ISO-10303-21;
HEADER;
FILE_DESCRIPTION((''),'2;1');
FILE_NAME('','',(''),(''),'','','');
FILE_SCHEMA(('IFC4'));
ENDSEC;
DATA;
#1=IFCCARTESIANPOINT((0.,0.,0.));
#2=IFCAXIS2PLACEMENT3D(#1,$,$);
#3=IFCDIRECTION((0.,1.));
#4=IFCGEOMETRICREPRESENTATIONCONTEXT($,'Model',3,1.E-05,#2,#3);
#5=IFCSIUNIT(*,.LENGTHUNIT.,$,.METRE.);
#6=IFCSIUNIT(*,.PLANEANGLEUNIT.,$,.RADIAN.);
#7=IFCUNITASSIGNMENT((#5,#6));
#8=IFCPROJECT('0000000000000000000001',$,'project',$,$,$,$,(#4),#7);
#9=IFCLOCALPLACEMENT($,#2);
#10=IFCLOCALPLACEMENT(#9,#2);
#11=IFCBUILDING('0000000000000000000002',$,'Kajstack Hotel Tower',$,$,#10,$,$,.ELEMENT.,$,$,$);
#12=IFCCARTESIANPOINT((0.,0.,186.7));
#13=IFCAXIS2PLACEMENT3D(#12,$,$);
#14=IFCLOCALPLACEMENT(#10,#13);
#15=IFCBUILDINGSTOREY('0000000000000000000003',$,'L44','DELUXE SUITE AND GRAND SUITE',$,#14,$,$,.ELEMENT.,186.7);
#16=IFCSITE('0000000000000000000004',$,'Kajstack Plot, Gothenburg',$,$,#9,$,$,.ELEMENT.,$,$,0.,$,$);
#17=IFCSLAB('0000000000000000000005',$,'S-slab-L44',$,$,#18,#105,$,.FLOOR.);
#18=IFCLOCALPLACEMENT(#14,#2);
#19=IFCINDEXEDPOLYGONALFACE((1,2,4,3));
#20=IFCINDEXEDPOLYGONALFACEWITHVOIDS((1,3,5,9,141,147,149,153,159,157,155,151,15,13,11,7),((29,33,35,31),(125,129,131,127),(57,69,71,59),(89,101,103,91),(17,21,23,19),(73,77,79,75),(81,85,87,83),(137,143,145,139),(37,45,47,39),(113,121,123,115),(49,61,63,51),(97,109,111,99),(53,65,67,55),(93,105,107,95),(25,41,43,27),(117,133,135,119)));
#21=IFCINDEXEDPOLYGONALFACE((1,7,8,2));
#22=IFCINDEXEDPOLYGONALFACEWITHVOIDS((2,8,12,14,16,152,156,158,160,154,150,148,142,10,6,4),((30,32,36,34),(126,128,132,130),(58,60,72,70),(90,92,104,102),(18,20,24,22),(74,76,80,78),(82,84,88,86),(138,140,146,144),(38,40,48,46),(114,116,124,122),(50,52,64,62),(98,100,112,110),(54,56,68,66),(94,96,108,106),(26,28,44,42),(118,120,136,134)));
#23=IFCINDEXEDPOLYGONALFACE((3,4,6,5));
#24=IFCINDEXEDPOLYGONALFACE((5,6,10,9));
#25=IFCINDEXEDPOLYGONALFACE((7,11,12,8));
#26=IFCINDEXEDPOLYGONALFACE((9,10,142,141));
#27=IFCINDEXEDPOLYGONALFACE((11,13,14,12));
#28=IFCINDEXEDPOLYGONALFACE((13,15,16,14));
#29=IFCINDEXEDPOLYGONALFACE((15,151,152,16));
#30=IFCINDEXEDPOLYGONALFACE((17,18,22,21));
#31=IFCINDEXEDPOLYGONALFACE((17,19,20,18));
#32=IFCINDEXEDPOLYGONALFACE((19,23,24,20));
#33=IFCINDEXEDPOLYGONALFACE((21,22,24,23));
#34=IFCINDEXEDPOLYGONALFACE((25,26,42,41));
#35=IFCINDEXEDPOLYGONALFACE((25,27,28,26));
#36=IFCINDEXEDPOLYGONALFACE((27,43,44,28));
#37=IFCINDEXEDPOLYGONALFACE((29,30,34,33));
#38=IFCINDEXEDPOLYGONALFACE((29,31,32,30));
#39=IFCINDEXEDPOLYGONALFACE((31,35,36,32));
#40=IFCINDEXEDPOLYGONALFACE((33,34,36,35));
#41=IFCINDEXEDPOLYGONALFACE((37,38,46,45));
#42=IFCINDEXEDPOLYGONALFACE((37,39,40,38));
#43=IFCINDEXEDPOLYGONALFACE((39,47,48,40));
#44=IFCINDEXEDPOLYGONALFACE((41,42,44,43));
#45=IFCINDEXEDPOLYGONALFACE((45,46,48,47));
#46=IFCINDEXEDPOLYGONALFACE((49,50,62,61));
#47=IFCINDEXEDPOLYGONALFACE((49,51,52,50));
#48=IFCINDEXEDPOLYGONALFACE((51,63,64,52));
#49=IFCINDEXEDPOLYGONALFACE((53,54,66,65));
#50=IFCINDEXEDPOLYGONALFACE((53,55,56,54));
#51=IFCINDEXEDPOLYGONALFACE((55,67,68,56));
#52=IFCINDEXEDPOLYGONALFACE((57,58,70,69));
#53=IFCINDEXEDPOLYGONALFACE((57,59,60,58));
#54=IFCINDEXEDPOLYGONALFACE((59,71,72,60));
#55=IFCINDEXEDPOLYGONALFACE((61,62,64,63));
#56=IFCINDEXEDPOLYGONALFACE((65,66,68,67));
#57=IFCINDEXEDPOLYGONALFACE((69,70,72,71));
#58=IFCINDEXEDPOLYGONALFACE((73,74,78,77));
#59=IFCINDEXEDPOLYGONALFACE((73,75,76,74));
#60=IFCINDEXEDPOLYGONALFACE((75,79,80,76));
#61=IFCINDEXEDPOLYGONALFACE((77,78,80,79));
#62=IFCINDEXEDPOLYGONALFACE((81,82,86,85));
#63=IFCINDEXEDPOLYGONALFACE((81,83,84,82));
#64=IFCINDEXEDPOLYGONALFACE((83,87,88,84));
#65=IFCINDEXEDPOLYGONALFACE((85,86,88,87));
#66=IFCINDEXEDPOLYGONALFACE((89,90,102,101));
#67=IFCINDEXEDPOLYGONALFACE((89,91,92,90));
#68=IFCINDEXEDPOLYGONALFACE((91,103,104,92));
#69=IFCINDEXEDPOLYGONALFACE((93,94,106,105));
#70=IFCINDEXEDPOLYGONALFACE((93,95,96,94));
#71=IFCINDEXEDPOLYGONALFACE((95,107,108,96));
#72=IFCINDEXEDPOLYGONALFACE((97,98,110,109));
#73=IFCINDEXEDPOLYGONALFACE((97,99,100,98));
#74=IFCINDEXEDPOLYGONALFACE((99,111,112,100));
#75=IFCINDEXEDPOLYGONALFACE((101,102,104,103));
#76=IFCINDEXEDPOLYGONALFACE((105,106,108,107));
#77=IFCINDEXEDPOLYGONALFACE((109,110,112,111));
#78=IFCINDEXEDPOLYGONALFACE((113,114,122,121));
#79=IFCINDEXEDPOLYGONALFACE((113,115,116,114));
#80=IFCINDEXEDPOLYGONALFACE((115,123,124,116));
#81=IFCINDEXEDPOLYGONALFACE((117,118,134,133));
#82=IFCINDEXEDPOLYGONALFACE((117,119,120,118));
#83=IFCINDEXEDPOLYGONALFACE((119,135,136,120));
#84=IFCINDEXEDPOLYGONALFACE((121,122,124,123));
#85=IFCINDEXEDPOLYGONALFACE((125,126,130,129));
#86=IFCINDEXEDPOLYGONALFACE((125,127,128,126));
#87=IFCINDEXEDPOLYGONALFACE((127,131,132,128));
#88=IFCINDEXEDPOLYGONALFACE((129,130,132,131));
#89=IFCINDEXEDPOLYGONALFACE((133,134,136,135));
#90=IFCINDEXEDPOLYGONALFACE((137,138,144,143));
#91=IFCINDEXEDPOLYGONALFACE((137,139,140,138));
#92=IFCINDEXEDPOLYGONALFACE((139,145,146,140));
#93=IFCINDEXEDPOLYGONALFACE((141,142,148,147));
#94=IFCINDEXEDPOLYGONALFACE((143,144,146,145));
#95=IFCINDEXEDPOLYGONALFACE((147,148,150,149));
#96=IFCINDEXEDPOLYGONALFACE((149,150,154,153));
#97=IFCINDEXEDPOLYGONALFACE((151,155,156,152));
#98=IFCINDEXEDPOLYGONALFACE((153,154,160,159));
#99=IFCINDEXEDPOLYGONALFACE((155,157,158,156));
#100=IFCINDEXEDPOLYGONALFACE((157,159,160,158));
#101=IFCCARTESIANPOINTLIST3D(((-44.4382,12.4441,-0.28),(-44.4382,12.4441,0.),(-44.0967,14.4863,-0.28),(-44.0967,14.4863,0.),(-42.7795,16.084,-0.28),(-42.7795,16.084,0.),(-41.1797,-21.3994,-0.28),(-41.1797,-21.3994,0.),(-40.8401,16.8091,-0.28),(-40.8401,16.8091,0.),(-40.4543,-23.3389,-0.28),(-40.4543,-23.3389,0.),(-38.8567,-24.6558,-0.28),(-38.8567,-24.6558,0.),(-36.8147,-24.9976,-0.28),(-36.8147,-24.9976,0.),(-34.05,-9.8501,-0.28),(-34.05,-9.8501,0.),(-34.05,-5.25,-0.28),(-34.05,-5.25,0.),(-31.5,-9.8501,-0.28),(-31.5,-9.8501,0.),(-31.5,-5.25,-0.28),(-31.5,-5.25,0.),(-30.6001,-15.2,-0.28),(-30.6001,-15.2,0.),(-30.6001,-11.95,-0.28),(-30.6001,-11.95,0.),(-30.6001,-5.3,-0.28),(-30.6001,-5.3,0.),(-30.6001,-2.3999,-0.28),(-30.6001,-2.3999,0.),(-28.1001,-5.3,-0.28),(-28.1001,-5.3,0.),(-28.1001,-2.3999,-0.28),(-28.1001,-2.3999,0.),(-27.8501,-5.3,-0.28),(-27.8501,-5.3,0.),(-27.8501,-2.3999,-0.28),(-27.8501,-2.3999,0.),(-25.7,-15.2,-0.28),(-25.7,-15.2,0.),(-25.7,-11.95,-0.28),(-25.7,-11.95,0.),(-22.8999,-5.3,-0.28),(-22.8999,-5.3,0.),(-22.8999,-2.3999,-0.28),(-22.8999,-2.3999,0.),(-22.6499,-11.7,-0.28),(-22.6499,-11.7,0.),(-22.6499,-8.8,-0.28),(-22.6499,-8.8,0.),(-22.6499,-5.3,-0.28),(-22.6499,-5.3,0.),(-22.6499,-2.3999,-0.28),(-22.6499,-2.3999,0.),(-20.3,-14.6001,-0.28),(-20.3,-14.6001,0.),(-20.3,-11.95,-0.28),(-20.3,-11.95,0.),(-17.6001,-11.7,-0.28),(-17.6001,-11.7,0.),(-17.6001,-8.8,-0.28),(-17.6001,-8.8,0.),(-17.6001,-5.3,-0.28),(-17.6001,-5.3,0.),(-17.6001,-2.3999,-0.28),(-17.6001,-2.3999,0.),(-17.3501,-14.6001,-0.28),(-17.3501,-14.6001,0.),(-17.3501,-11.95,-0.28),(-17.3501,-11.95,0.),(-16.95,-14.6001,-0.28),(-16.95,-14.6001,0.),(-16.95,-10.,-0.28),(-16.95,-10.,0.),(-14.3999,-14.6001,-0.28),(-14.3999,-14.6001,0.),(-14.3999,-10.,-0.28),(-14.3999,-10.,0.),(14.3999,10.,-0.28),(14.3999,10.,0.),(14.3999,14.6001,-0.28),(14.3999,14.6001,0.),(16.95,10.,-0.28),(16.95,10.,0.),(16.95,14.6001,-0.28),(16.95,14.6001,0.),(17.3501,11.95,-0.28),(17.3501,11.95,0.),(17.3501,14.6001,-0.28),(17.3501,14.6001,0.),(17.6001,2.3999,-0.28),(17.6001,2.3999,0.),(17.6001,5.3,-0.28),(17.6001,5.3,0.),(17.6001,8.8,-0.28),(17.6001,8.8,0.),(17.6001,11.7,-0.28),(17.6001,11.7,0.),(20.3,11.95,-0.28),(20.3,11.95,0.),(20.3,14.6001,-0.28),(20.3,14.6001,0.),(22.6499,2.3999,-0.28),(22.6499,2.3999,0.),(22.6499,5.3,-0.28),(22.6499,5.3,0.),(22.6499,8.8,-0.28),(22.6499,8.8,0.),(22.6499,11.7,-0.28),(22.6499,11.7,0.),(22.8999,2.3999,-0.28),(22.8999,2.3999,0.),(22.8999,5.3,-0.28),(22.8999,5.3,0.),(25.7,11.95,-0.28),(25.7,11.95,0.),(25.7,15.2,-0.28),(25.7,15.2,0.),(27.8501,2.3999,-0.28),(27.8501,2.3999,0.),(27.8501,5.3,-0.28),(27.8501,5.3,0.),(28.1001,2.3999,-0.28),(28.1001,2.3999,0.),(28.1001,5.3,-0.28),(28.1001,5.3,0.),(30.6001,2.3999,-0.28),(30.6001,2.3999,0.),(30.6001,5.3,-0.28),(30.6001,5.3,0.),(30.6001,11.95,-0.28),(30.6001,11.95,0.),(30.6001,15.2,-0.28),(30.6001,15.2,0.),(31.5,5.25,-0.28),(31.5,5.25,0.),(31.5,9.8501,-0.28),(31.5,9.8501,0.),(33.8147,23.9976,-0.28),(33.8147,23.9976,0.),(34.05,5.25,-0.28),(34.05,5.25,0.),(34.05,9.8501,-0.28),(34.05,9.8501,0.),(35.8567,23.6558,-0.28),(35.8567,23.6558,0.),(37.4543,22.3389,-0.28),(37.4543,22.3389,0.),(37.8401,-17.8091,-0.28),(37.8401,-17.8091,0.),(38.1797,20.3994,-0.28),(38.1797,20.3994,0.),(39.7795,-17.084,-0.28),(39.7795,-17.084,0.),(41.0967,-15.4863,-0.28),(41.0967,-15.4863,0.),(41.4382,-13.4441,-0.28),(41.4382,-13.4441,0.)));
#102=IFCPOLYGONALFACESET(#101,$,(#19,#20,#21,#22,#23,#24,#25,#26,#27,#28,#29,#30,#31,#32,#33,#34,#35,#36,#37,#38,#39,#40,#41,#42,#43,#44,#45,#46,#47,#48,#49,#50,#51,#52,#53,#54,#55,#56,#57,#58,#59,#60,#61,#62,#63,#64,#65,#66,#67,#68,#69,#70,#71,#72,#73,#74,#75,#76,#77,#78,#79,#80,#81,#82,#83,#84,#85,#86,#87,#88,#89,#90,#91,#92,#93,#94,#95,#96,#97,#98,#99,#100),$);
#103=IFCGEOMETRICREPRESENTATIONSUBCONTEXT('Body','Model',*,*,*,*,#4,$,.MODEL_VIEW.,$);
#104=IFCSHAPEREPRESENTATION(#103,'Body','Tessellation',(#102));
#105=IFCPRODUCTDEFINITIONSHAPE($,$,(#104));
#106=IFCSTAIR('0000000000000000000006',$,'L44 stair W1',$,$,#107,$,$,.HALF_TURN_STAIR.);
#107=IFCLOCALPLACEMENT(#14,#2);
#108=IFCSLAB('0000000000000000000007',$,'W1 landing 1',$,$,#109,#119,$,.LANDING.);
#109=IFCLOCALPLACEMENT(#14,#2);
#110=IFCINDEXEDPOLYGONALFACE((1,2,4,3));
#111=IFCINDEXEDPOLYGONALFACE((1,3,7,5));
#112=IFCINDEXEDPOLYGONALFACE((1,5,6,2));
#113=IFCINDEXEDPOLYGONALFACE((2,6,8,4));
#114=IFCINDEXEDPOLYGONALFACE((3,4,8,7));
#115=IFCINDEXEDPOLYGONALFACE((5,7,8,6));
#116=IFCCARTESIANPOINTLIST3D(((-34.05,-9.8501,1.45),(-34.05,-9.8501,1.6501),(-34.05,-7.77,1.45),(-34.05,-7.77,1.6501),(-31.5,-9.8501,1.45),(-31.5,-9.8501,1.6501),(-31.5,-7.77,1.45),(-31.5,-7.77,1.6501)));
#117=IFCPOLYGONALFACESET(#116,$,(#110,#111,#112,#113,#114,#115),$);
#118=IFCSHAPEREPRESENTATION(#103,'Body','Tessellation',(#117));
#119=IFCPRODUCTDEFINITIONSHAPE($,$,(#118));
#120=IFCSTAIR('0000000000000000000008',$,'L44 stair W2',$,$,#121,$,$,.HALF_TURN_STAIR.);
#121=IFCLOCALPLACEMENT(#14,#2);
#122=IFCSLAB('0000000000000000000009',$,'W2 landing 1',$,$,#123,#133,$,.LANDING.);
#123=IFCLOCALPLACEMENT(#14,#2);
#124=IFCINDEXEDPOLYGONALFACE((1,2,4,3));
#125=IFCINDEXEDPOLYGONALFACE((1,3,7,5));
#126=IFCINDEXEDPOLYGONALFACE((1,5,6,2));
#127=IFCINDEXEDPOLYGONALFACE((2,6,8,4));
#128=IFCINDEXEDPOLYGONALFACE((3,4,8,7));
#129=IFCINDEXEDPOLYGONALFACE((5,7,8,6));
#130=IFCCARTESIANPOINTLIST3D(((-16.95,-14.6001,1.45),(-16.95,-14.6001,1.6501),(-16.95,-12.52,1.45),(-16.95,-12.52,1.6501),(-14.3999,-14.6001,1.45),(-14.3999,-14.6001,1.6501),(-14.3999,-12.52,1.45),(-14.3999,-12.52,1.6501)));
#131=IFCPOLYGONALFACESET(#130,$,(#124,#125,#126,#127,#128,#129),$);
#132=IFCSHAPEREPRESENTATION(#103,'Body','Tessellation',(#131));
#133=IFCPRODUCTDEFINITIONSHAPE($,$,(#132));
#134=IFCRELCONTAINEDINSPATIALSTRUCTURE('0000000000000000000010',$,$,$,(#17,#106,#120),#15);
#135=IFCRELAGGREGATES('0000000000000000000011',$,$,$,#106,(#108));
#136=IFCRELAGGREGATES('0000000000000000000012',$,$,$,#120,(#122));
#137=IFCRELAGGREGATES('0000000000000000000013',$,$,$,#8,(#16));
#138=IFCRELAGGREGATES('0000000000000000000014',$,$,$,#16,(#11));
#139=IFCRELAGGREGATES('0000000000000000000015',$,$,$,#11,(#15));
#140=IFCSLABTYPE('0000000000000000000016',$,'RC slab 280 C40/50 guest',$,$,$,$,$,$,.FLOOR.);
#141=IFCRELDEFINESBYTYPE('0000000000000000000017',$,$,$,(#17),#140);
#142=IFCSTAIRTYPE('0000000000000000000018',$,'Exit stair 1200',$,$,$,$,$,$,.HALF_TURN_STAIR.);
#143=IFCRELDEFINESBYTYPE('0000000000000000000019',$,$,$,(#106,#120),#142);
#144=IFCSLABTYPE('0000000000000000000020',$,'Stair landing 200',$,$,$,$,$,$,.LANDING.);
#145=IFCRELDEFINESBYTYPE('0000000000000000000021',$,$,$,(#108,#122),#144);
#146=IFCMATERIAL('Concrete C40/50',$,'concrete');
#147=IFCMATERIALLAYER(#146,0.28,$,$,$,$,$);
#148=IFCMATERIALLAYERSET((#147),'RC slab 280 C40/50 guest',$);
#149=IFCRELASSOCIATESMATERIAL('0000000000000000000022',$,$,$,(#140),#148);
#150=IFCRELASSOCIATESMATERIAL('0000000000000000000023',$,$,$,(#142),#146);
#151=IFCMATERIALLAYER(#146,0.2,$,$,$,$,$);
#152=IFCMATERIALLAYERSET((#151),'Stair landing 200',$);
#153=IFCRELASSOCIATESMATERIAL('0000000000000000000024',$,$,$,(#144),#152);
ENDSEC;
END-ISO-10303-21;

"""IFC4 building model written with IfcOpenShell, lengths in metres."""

from ifc_helpers import new_model, si_unit, direction, frame, origin, place, context, subcontext, project, spatial, polyline, outline, extrude, material, layer, layer_set, type_object, element, aggregate, save


model = new_model("IFC4")

# Units and contexts
model_context = context("Model", 3, precision=1e-05, world=origin(), true_north=direction((0.0, 1.0)))
body_context = subcontext(model_context, "Body", "Model", "MODEL_VIEW")
ifc_project = project(units=[si_unit("LENGTHUNIT", "METRE"), si_unit("PLANEANGLEUNIT", "RADIAN")], contexts=[model_context])

# Site, building, storey
site_placement = place(None, origin())
site = spatial("IfcSite", under=ifc_project, at=site_placement, Name="Kajstack Plot, Gothenburg", CompositionType="ELEMENT", RefElevation=0.0)
building_placement = place(site_placement, origin())
building = spatial("IfcBuilding", under=site, at=building_placement, Name="Kajstack Hotel Tower", CompositionType="ELEMENT")
storey_placement = place(building_placement, frame((0.0, 0.0, 186.7)))
storey = spatial("IfcBuildingStorey", under=building, at=storey_placement, Name="L44", Description="DELUXE SUITE AND GRAND SUITE", CompositionType="ELEMENT", Elevation=186.7)

# Slab
ifc_material_1 = material(Name="Concrete C40/50", Category="concrete")
ifc_layer_1 = layer(ifc_material_1, 0.28)
ifc_layer_set_1 = layer_set([ifc_layer_1], Name="RC slab 280 C40/50 guest")
slab_type_1 = type_object("IfcSlabType", Name="RC slab 280 C40/50 guest", PredefinedType="FLOOR", material=ifc_layer_set_1)
slab_1_placement = place(storey_placement, frame((0.0, 0.0, -0.28)))
element("IfcSlab", 1, at=slab_1_placement, inside=storey, type_object=slab_type_1, Name="S-slab-L44", PredefinedType="FLOOR", context=body_context, shape_type="SweptSolid", body=[
    extrude(outline(polyline([(-44.4382, 12.4441), (-41.1797, -21.3994), (-40.4543, -23.3389), (-38.8567, -24.6558), (-36.8147, -24.9976), (37.8401, -17.8091), (39.7795, -17.084), (41.0967, -15.4863), (41.4382, -13.4441), (38.1797, 20.3994), (37.4543, 22.3389), (35.8567, 23.6558), (33.8147, 23.9976), (-40.8401, 16.8091), (-42.7795, 16.084), (-44.0967, 14.4863), (-44.4382, 12.4441)]), holes=[polyline([(-22.6499, -11.7), (-22.6499, -8.8), (-17.6001, -8.8), (-17.6001, -11.7), (-22.6499, -11.7)]), polyline([(-27.8501, -5.3), (-27.8501, -2.3999), (-22.8999, -2.3999), (-22.8999, -5.3), (-27.8501, -5.3)]), polyline([(-22.6499, -5.3), (-22.6499, -2.3999), (-17.6001, -2.3999), (-17.6001, -5.3), (-22.6499, -5.3)]), polyline([(-20.3, -14.6001), (-17.3501, -14.6001), (-17.3501, -11.95), (-20.3, -11.95), (-20.3, -14.6001)]), polyline([(-30.6001, -5.3), (-28.1001, -5.3), (-28.1001, -2.3999), (-30.6001, -2.3999), (-30.6001, -5.3)]), polyline([(17.6001, 8.8), (17.6001, 11.7), (22.6499, 11.7), (22.6499, 8.8), (17.6001, 8.8)]), polyline([(22.8999, 2.3999), (22.8999, 5.3), (27.8501, 5.3), (27.8501, 2.3999), (22.8999, 2.3999)]), polyline([(17.6001, 2.3999), (17.6001, 5.3), (22.6499, 5.3), (22.6499, 2.3999), (17.6001, 2.3999)]), polyline([(20.3, 14.6001), (17.3501, 14.6001), (17.3501, 11.95), (20.3, 11.95), (20.3, 14.6001)]), polyline([(30.6001, 5.3), (28.1001, 5.3), (28.1001, 2.3999), (30.6001, 2.3999), (30.6001, 5.3)]), polyline([(-34.05, -9.8501), (-31.5, -9.8501), (-31.5, -5.25), (-34.05, -5.25), (-34.05, -9.8501)]), polyline([(-16.95, -14.6001), (-14.3999, -14.6001), (-14.3999, -10.0), (-16.95, -10.0), (-16.95, -14.6001)]), polyline([(-30.6001, -15.2), (-25.7, -15.2), (-25.7, -11.95), (-30.6001, -11.95), (-30.6001, -15.2)]), polyline([(34.05, 9.8501), (31.5, 9.8501), (31.5, 5.25), (34.05, 5.25), (34.05, 9.8501)]), polyline([(16.95, 14.6001), (14.3999, 14.6001), (14.3999, 10.0), (16.95, 10.0), (16.95, 14.6001)]), polyline([(30.6001, 15.2), (25.7, 15.2), (25.7, 11.95), (30.6001, 11.95), (30.6001, 15.2)])]), origin(), (0.0, 0.0, 1.0), 0.28),
])

# Stairs, slabs
stair_type = type_object("IfcStairType", Name="Exit stair 1200", PredefinedType="HALF_TURN_STAIR", material=ifc_material_1)
stair_1_placement = place(storey_placement, origin())
stair_1 = element("IfcStair", 2, at=stair_1_placement, inside=storey, type_object=stair_type, Name="L44 stair W1", PredefinedType="HALF_TURN_STAIR")
ifc_layer_2 = layer(ifc_material_1, 0.2)
ifc_layer_set_2 = layer_set([ifc_layer_2], Name="Stair landing 200")
slab_type_2 = type_object("IfcSlabType", Name="Stair landing 200", PredefinedType="LANDING", material=ifc_layer_set_2)
slab_2_placement = place(storey_placement, frame((0.0, 0.0, 1.45)))
slab_2 = element("IfcSlab", 3, at=slab_2_placement, type_object=slab_type_2, Name="W1 landing 1", PredefinedType="LANDING", context=body_context, shape_type="SweptSolid", body=[
    extrude(outline(polyline([(-34.05, -7.77), (-34.05, -9.8501), (-31.5, -9.8501), (-31.5, -7.77), (-34.05, -7.77)])), origin(), (0.0, 0.0, 1.0), 0.2002),
])
aggregate(stair_1, [slab_2])
stair_2_placement = place(storey_placement, origin())
stair_2 = element("IfcStair", 4, at=stair_2_placement, inside=storey, type_object=stair_type, Name="L44 stair W2", PredefinedType="HALF_TURN_STAIR")
slab_3_placement = place(storey_placement, frame((0.0, 0.0, 1.45)))
slab_3 = element("IfcSlab", 5, at=slab_3_placement, type_object=slab_type_2, Name="W2 landing 1", PredefinedType="LANDING", context=body_context, shape_type="SweptSolid", body=[
    extrude(outline(polyline([(-16.95, -12.52), (-16.95, -14.6001), (-14.3999, -14.6001), (-14.3999, -12.52), (-16.95, -12.52)])), origin(), (0.0, 0.0, 1.0), 0.2002),
])
aggregate(stair_2, [slab_3])

save(model, "model.ifc")
